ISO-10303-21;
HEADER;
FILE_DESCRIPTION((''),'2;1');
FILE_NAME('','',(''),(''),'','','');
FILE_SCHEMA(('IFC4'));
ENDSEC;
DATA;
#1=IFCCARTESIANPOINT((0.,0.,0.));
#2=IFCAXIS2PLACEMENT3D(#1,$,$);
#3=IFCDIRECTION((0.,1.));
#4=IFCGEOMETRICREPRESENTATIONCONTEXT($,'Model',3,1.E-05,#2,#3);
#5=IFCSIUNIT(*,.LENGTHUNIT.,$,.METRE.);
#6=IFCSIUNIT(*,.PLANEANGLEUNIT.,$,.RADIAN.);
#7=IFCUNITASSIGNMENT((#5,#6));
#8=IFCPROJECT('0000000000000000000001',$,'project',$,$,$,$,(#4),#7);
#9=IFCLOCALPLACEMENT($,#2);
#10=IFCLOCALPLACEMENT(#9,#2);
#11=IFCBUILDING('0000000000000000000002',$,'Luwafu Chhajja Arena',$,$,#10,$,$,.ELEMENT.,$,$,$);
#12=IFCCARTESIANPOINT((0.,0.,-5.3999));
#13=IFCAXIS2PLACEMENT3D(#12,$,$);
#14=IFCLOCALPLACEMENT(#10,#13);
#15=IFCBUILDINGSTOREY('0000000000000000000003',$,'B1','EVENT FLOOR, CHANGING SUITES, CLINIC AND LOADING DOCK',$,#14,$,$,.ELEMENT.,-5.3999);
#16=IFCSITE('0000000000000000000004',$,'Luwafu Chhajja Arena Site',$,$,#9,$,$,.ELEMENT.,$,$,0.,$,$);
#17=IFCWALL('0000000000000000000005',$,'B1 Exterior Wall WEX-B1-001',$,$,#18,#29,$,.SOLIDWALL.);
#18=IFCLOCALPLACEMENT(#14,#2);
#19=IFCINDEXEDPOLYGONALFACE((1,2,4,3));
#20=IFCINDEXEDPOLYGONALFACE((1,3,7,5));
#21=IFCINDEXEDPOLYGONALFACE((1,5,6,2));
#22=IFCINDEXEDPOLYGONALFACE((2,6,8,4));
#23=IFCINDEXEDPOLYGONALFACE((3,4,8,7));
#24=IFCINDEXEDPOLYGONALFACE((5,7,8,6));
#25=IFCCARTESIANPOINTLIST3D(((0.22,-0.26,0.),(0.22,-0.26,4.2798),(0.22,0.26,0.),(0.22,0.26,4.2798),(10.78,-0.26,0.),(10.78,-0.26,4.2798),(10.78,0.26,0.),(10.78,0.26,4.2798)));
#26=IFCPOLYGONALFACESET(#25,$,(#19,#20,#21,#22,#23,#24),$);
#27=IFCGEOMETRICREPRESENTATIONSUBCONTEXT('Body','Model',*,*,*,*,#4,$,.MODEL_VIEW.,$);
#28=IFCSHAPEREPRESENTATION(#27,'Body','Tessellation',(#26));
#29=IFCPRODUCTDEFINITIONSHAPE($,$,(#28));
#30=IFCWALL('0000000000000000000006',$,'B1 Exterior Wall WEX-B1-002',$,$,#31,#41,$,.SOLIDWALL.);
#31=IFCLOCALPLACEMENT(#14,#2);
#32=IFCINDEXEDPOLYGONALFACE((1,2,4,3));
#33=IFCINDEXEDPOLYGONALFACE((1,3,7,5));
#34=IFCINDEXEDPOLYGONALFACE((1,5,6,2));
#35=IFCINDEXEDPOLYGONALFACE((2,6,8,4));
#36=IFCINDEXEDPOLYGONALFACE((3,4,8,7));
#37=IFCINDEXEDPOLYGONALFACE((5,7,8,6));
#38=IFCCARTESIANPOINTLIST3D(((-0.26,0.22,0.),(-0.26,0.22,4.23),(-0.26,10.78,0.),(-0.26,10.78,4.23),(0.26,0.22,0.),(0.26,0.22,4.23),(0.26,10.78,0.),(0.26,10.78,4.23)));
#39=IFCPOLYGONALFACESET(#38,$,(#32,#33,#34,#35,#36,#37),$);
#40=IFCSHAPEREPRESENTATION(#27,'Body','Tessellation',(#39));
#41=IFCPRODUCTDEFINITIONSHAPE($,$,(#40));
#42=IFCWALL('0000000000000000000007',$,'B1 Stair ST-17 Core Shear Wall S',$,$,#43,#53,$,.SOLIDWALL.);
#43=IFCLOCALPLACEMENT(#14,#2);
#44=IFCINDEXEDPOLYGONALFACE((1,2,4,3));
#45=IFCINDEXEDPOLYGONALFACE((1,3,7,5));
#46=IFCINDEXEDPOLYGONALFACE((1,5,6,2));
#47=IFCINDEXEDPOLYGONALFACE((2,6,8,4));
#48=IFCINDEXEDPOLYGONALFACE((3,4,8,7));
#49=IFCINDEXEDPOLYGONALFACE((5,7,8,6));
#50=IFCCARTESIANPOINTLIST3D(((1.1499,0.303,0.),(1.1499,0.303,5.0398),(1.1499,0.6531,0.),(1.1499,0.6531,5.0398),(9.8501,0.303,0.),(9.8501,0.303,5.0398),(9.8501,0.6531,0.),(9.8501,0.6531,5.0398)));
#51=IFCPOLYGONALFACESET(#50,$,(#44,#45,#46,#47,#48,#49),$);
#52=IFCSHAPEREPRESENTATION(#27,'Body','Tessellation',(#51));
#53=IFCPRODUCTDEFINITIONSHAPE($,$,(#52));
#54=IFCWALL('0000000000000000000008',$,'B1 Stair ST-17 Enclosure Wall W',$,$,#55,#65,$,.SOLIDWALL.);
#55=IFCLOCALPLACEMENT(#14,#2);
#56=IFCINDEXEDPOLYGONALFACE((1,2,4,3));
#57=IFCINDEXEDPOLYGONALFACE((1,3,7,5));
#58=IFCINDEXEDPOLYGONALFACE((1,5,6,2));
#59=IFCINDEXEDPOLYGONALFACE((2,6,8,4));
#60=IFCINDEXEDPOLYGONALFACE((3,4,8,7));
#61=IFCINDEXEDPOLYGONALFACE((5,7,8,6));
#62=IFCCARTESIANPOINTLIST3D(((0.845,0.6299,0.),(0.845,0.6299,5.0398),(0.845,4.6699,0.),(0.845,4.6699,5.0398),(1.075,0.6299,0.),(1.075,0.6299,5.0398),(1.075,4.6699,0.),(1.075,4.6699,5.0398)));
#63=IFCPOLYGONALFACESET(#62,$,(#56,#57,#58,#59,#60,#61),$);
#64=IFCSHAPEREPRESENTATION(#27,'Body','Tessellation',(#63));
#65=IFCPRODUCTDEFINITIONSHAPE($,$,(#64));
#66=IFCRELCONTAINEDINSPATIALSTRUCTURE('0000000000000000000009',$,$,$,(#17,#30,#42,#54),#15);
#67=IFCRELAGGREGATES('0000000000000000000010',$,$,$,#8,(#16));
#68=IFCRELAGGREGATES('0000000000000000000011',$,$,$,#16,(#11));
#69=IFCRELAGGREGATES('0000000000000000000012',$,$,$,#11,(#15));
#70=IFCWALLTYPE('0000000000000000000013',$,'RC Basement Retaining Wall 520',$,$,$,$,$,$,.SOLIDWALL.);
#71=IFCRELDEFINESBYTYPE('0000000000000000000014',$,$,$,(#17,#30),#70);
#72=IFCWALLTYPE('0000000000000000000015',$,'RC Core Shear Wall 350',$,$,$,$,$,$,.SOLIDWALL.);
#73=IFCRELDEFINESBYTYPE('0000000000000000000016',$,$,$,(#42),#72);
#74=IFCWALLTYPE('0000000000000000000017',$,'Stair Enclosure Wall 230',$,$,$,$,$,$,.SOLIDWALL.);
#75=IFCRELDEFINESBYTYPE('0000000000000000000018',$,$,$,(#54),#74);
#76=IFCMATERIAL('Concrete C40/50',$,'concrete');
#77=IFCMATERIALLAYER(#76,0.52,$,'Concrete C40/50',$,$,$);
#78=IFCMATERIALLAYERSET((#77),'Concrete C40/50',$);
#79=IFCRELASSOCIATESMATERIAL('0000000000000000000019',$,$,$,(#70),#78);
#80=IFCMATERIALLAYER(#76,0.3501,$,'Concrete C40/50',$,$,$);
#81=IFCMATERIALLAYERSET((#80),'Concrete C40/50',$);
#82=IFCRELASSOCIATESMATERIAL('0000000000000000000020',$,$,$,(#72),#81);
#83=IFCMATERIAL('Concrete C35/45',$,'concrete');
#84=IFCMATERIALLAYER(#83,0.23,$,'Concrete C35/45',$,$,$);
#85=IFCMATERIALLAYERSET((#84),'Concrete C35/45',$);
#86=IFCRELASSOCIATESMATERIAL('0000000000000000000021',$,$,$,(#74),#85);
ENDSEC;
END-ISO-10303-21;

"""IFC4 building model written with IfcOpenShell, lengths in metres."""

from ifc_helpers import new_model, si_unit, direction, frame, frame_2d, origin, place, context, subcontext, project, spatial, rectangle, extrude, material, layer, layer_set, type_object, element, save


model = new_model("IFC4")

# Units and contexts
model_context = context("Model", 3, precision=1e-05, world=origin(), true_north=direction((0.0, 1.0)))
body_context = subcontext(model_context, "Body", "Model", "MODEL_VIEW")
ifc_project = project(units=[si_unit("LENGTHUNIT", "METRE"), si_unit("PLANEANGLEUNIT", "RADIAN")], contexts=[model_context])

# Site, building, storey
site_placement = place(None, origin())
site = spatial("IfcSite", under=ifc_project, at=site_placement, Name="Luwafu Chhajja Arena Site", CompositionType="ELEMENT", RefElevation=0.0)
building_placement = place(site_placement, origin())
building = spatial("IfcBuilding", under=site, at=building_placement, Name="Luwafu Chhajja Arena", CompositionType="ELEMENT")
storey_placement = place(building_placement, frame((0.0, 0.0, -5.3999)))
storey = spatial("IfcBuildingStorey", under=building, at=storey_placement, Name="B1", Description="EVENT FLOOR, CHANGING SUITES, CLINIC AND LOADING DOCK", CompositionType="ELEMENT", Elevation=-5.3999)

# Shared definitions
ifc_material_1 = material(Name="Concrete C35/45", Category="concrete")

# Shared definitions
ifc_material_2 = material(Name="Concrete C40/50", Category="concrete")

# Walls
ifc_layer_1 = layer(ifc_material_2, 0.52, Name="Concrete C40/50")
ifc_layer_set_1 = layer_set([ifc_layer_1], Name="Concrete C40/50")
wall_type_1 = type_object("IfcWallType", Name="RC Basement Retaining Wall 520", PredefinedType="SOLIDWALL", material=ifc_layer_set_1)
wall_1_placement = place(storey_placement, frame((0.22, 0.0, 0.0), z_axis=(0.0, 0.0, 1.0), x_axis=(1.0, 0.0, 0.0)))
element("IfcWall", 1, at=wall_1_placement, inside=storey, type_object=wall_type_1, Name="B1 Exterior Wall WEX-B1-001", PredefinedType="SOLIDWALL", context=body_context, shape_type="SweptSolid", body=[
    extrude(rectangle(XDim=10.5601, YDim=0.52, at=frame_2d((5.28, 0.0))), origin(), (0.0, 0.0, 1.0), 4.2798),
])
wall_2_placement = place(storey_placement, frame((0.0, 0.22, 0.0), z_axis=(0.0, 0.0, 1.0), x_axis=(0.0, 1.0, 0.0)))
element("IfcWall", 2, at=wall_2_placement, inside=storey, type_object=wall_type_1, Name="B1 Exterior Wall WEX-B1-002", PredefinedType="SOLIDWALL", context=body_context, shape_type="SweptSolid", body=[
    extrude(rectangle(XDim=10.5601, YDim=0.52, at=frame_2d((5.28, 0.0))), origin(), (0.0, 0.0, 1.0), 4.23),
])
ifc_layer_2 = layer(ifc_material_2, 0.3501, Name="Concrete C40/50")
ifc_layer_set_2 = layer_set([ifc_layer_2], Name="Concrete C40/50")
wall_type_2 = type_object("IfcWallType", Name="RC Core Shear Wall 350", PredefinedType="SOLIDWALL", material=ifc_layer_set_2)
wall_3_placement = place(storey_placement, frame((1.1499, 0.478, 0.0), z_axis=(0.0, 0.0, 1.0), x_axis=(1.0, 0.0, 0.0)))
element("IfcWall", 3, at=wall_3_placement, inside=storey, type_object=wall_type_2, Name="B1 Stair ST-17 Core Shear Wall S", PredefinedType="SOLIDWALL", context=body_context, shape_type="SweptSolid", body=[
    extrude(rectangle(XDim=8.7002, YDim=0.3501, at=frame_2d((4.3501, 0.0))), origin(), (0.0, 0.0, 1.0), 5.0398),
])
ifc_layer_3 = layer(ifc_material_1, 0.23, Name="Concrete C35/45")
ifc_layer_set_3 = layer_set([ifc_layer_3], Name="Concrete C35/45")
wall_type_3 = type_object("IfcWallType", Name="Stair Enclosure Wall 230", PredefinedType="SOLIDWALL", material=ifc_layer_set_3)
wall_4_placement = place(storey_placement, frame((0.96, 0.6299, 0.0), z_axis=(0.0, 0.0, 1.0), x_axis=(0.0, 1.0, 0.0)))
element("IfcWall", 4, at=wall_4_placement, inside=storey, type_object=wall_type_3, Name="B1 Stair ST-17 Enclosure Wall W", PredefinedType="SOLIDWALL", context=body_context, shape_type="SweptSolid", body=[
    extrude(rectangle(XDim=4.04, YDim=0.23, at=frame_2d((2.02, 0.0))), origin(), (0.0, 0.0, 1.0), 5.0398),
])

save(model, "model.ifc")
